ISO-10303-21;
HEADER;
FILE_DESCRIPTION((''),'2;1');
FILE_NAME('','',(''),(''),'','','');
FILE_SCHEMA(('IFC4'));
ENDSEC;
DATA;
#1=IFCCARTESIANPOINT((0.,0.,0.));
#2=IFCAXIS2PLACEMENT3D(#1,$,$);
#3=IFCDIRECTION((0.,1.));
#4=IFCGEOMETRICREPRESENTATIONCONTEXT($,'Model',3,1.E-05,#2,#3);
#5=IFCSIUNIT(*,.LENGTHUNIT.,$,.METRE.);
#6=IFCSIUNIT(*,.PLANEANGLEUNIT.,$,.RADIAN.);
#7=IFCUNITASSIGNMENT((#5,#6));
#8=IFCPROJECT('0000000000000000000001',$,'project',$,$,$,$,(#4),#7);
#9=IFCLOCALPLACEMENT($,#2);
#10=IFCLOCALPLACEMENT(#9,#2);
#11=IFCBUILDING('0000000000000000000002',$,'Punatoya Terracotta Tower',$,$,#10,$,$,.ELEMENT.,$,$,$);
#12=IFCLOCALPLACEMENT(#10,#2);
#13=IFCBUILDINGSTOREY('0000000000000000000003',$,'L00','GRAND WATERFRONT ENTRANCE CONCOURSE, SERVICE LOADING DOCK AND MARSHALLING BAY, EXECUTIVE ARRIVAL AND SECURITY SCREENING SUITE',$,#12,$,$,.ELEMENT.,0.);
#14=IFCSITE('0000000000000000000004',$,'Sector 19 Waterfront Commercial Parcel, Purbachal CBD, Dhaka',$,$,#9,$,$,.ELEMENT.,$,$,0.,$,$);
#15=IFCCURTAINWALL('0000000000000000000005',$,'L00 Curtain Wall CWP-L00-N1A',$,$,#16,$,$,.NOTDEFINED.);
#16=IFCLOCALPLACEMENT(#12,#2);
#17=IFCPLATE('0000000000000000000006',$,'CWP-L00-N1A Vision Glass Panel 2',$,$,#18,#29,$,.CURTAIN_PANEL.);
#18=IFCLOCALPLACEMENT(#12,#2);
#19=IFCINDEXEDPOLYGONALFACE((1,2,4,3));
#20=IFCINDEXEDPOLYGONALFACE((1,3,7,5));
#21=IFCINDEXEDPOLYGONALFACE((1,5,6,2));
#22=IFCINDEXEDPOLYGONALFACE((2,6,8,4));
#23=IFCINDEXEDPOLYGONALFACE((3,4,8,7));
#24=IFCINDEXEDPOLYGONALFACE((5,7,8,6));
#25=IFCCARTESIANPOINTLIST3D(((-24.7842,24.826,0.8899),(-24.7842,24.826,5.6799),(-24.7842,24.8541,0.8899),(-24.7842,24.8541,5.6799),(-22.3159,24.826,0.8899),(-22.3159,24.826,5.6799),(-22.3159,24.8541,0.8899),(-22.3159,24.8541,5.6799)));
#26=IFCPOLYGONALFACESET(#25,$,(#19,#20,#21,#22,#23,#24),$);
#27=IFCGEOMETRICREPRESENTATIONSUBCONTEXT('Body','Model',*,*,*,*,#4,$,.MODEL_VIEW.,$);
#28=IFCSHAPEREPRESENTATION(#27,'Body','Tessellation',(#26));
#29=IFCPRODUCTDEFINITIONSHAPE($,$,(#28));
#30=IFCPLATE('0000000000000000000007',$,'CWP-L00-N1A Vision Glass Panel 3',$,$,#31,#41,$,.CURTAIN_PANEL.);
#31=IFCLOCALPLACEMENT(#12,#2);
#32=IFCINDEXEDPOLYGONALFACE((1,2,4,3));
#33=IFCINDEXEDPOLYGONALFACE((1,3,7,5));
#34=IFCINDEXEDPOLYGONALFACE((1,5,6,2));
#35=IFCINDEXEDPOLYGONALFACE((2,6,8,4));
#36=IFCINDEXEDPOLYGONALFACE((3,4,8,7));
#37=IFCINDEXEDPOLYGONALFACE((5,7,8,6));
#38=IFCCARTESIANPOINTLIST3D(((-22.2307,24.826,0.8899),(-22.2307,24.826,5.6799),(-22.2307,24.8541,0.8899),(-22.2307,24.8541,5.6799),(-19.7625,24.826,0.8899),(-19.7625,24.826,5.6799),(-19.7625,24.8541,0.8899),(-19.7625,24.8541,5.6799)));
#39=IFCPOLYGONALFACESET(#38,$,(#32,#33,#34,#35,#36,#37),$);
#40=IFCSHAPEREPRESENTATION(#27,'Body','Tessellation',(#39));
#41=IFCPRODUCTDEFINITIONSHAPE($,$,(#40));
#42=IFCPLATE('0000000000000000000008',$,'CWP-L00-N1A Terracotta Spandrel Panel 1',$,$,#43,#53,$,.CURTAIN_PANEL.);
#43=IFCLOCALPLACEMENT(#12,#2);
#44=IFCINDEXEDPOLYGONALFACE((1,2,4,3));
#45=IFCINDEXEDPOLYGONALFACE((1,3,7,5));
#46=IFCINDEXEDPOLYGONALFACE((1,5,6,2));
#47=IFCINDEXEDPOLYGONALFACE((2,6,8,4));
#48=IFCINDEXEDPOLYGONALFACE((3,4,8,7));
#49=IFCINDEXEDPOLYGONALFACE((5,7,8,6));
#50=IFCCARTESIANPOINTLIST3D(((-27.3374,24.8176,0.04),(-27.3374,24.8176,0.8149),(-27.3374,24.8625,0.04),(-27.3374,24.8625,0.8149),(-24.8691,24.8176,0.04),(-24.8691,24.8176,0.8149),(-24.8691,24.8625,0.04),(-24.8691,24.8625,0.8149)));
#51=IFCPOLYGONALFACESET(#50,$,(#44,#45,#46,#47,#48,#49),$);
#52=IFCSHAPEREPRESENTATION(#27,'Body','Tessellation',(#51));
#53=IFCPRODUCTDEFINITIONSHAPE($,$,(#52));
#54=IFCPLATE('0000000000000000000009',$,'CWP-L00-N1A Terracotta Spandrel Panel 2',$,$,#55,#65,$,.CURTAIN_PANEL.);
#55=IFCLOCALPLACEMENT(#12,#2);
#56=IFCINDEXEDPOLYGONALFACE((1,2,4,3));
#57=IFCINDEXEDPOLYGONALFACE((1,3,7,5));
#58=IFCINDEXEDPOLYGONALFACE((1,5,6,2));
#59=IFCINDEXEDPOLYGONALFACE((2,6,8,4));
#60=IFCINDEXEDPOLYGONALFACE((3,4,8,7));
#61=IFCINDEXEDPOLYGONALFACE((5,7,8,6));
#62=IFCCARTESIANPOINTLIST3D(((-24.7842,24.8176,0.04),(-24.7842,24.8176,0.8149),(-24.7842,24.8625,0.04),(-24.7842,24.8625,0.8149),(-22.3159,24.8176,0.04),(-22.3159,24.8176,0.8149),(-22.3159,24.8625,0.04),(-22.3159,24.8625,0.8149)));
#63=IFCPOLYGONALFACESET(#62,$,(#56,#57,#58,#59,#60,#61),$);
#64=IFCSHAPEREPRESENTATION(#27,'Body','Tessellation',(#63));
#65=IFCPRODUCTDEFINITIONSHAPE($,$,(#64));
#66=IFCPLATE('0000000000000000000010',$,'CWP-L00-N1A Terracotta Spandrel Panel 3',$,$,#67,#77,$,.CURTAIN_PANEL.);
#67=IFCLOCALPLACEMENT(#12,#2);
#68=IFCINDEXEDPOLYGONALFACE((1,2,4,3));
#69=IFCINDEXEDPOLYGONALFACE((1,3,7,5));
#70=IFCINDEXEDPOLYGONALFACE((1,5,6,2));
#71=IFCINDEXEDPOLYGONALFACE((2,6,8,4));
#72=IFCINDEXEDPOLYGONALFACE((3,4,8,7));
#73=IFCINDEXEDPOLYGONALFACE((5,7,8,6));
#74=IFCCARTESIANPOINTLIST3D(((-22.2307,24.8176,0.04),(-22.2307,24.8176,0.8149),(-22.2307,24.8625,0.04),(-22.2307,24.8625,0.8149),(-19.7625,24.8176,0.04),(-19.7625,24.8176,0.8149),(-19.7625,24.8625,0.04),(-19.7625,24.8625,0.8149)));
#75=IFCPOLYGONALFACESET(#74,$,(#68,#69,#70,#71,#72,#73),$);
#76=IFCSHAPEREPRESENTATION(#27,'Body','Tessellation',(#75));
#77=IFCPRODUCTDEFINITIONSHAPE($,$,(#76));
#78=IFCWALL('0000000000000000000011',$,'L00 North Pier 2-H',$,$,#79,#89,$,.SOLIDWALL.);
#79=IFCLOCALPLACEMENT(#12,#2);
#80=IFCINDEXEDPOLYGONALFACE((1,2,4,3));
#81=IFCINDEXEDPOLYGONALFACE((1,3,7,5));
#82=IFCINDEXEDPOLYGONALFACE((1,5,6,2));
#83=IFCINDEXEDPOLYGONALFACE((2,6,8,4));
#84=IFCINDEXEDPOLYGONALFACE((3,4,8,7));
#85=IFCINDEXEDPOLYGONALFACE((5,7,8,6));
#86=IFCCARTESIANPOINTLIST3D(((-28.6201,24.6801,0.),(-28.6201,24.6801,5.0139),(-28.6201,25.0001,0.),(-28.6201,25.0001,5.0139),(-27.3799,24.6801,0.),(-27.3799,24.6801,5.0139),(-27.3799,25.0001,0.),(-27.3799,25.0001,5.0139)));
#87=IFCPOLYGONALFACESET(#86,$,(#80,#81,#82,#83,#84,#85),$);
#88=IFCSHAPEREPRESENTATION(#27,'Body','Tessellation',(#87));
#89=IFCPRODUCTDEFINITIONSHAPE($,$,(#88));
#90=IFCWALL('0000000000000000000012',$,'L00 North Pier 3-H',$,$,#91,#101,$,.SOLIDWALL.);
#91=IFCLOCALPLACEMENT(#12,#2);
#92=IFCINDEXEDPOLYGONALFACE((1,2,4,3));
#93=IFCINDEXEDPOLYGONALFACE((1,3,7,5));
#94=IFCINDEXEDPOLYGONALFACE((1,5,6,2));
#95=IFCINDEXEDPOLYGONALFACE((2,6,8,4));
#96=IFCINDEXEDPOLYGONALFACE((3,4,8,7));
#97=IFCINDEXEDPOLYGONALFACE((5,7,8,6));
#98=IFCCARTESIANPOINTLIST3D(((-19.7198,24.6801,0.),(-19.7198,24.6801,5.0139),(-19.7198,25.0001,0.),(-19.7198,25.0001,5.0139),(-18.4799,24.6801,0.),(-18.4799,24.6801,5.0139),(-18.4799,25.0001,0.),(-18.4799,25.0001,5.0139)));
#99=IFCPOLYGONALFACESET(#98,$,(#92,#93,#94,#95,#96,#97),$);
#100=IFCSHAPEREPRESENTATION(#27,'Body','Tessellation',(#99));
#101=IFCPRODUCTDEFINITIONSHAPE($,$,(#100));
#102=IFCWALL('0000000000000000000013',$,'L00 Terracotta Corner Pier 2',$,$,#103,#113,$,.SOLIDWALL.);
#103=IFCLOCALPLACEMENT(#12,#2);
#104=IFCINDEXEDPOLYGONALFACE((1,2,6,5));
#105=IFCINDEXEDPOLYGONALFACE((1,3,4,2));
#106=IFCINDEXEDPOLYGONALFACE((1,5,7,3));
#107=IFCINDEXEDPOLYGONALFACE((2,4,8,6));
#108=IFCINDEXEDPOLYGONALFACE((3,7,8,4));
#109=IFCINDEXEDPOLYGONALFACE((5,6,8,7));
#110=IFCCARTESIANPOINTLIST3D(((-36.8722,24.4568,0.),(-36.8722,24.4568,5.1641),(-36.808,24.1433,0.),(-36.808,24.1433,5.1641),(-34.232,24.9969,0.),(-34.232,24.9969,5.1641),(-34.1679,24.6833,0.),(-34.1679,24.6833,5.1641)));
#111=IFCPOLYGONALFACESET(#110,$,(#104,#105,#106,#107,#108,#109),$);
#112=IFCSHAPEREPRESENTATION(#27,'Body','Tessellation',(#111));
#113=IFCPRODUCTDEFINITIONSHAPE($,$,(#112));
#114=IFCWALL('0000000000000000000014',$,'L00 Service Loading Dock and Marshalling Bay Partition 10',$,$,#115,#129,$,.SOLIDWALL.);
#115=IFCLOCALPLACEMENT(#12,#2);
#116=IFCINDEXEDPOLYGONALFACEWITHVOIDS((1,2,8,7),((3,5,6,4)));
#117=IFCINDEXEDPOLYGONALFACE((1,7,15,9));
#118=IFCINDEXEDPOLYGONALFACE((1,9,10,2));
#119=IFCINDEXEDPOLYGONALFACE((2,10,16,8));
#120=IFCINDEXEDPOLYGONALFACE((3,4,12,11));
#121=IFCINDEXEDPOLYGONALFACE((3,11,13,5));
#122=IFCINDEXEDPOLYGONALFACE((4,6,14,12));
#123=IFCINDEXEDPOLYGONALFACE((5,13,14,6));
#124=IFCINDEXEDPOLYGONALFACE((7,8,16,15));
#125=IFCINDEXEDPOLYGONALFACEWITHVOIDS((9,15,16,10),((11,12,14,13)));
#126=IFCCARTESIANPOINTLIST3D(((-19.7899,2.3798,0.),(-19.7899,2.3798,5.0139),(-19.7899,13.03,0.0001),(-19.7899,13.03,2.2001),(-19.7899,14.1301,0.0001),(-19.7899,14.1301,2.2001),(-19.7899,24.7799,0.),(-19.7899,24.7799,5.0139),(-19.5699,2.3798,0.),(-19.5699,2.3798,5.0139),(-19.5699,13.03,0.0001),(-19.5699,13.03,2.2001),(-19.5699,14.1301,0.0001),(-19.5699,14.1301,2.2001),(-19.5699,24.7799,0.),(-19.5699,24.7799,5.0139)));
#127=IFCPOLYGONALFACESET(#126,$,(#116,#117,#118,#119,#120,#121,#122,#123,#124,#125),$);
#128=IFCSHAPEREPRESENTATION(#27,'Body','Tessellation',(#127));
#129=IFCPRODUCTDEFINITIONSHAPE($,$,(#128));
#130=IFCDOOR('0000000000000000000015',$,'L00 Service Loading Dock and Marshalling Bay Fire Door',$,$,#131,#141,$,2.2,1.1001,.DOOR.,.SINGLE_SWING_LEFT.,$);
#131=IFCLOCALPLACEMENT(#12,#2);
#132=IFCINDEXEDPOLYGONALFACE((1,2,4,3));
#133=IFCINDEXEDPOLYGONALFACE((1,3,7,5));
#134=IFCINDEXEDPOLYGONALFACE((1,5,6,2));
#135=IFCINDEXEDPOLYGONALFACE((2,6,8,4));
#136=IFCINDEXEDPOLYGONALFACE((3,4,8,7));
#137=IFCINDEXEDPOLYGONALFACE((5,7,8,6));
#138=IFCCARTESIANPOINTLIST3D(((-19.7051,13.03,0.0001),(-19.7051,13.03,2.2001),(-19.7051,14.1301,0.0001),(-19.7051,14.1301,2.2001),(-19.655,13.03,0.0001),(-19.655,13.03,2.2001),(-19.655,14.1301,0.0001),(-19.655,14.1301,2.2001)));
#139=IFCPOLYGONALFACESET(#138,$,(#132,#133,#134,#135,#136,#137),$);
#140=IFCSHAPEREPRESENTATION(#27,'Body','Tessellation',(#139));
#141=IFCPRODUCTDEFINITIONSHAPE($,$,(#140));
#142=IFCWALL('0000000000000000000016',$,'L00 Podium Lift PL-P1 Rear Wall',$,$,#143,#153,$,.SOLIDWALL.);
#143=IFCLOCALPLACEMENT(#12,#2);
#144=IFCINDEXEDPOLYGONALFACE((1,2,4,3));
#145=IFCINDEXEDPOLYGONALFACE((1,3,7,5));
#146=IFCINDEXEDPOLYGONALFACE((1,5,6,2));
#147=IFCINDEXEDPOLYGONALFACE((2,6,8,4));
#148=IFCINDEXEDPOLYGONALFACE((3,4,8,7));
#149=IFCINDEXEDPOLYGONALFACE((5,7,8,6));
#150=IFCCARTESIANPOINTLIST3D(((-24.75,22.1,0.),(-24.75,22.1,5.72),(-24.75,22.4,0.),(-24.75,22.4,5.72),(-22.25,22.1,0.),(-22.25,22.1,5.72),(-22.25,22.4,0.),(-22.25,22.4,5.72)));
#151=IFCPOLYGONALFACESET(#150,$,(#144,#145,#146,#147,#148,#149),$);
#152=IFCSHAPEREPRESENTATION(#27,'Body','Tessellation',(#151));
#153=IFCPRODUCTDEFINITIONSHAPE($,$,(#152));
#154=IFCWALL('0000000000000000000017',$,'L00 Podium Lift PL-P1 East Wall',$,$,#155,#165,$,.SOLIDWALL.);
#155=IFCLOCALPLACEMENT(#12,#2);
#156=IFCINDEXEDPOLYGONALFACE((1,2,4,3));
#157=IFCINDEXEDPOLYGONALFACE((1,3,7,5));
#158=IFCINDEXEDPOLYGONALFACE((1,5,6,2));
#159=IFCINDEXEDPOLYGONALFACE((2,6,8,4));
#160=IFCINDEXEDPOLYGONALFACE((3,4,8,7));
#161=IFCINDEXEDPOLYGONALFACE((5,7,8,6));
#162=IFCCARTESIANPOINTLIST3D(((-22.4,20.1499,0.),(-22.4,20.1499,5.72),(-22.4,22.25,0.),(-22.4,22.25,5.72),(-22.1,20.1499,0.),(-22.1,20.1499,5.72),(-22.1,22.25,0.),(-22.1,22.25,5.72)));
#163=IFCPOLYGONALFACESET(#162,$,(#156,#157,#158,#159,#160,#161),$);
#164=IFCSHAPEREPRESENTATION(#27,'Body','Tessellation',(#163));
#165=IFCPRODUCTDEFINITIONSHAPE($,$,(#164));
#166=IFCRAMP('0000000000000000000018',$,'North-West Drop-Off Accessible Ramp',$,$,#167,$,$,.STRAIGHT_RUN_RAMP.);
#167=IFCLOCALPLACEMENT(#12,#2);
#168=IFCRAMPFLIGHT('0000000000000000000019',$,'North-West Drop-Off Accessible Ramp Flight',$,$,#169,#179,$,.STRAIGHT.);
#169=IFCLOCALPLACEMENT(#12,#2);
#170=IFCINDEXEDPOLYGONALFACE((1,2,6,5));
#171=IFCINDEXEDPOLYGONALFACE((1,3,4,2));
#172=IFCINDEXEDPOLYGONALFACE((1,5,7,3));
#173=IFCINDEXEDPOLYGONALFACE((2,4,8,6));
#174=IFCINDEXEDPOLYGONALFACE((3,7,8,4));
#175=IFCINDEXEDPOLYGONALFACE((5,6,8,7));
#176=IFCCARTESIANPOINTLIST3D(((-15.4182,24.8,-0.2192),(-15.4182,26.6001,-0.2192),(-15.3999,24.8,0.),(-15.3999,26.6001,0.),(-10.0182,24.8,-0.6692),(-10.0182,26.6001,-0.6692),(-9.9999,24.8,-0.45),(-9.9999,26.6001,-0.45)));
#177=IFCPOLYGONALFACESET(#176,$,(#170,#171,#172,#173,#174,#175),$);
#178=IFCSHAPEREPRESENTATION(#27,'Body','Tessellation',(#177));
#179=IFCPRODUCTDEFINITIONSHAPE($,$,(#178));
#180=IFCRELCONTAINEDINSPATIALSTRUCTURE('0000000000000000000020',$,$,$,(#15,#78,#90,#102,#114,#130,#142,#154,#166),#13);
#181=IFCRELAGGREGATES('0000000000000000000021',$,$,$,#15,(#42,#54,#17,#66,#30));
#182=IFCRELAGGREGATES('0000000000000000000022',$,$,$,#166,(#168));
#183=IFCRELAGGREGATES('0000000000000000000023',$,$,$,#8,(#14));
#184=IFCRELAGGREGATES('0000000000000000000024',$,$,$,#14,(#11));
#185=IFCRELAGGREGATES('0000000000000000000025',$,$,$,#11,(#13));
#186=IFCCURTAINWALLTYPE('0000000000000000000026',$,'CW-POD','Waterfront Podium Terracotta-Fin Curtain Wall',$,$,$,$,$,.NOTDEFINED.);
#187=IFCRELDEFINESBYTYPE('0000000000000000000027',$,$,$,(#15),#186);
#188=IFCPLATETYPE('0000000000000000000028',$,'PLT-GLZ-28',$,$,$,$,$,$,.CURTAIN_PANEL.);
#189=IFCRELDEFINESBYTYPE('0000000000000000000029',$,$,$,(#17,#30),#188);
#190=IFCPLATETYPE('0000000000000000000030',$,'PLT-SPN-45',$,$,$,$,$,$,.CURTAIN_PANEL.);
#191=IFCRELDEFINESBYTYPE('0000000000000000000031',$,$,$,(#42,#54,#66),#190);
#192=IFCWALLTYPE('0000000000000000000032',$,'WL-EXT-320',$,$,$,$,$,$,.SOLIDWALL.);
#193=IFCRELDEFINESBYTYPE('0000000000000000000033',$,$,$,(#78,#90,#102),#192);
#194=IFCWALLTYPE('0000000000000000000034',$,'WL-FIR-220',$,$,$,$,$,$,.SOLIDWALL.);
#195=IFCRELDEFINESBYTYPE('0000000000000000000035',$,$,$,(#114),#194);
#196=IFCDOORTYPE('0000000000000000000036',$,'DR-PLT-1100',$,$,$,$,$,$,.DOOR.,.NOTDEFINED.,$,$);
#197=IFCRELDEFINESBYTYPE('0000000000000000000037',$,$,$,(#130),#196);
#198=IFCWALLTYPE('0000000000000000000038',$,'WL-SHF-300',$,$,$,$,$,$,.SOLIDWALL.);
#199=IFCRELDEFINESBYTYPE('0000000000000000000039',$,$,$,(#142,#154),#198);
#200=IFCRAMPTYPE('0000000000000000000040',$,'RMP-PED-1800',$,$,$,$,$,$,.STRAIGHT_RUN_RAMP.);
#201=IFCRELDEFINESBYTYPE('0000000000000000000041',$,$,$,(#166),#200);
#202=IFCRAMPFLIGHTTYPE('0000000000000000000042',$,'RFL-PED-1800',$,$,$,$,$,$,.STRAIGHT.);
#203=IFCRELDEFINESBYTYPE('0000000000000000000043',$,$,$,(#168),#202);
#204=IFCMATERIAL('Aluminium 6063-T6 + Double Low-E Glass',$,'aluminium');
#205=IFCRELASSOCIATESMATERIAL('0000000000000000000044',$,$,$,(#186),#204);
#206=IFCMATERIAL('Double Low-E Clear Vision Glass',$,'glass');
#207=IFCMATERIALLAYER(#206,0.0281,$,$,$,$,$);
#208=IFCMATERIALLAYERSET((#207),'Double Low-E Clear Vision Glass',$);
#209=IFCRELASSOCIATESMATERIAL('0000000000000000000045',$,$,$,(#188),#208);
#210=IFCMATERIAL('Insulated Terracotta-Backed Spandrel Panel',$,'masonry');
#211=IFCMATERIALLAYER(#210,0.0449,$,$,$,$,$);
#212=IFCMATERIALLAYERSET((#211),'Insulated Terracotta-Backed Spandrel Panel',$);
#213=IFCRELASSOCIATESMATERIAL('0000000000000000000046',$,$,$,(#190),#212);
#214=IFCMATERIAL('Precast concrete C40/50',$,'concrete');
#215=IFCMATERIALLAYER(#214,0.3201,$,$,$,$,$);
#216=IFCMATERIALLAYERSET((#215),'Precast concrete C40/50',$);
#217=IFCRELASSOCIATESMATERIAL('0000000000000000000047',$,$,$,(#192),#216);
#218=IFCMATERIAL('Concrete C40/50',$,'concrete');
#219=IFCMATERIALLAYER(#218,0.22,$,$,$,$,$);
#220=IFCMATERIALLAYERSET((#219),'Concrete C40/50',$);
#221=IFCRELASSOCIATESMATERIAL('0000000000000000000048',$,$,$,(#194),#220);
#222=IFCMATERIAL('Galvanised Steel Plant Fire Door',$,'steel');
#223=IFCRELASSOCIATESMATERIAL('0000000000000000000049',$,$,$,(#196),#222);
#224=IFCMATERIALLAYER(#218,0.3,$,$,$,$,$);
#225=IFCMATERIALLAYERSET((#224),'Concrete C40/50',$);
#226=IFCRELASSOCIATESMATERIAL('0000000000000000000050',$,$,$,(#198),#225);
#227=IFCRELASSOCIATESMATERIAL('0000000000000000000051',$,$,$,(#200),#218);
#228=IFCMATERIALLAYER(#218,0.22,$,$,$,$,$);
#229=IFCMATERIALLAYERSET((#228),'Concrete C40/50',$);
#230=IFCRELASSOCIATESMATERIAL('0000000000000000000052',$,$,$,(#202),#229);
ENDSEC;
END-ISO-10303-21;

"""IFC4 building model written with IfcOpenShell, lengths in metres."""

from ifc_helpers import new_model, si_unit, direction, frame, frame_2d, origin, origin_2d, place, context, subcontext, project, spatial, polyline, rectangle, outline, extrude, material, layer, layer_set, type_object, element, fill, aggregate, save


model = new_model("IFC4")

# Units and contexts
model_context = context("Model", 3, precision=1e-05, world=origin(), true_north=direction((0.0, 1.0)))
body_context = subcontext(model_context, "Body", "Model", "MODEL_VIEW")
ifc_project = project(units=[si_unit("LENGTHUNIT", "METRE"), si_unit("PLANEANGLEUNIT", "RADIAN")], contexts=[model_context])

# Site, building, storey
site_placement = place(None, origin())
site = spatial("IfcSite", under=ifc_project, at=site_placement, Name="Sector 19 Waterfront Commercial Parcel, Purbachal CBD, Dhaka", CompositionType="ELEMENT", RefElevation=0.0)
building_placement = place(site_placement, origin())
building = spatial("IfcBuilding", under=site, at=building_placement, Name="Punatoya Terracotta Tower", CompositionType="ELEMENT")
storey_placement = place(building_placement, origin())
storey = spatial("IfcBuildingStorey", under=building, at=storey_placement, Name="L00", Description="GRAND WATERFRONT ENTRANCE CONCOURSE, SERVICE LOADING DOCK AND MARSHALLING BAY, EXECUTIVE ARRIVAL AND SECURITY SCREENING SUITE", CompositionType="ELEMENT", Elevation=0.0)

# Curtain wall, plates
ifc_material_1 = material(Name="Aluminium 6063-T6 + Double Low-E Glass", Category="aluminium")
curtain_wall_type = type_object("IfcCurtainWallType", Name="CW-POD", Description="Waterfront Podium Terracotta-Fin Curtain Wall", PredefinedType="NOTDEFINED", material=ifc_material_1)
curtain_wall_placement = place(storey_placement, origin())
curtain_wall = element("IfcCurtainWall", 1, at=curtain_wall_placement, inside=storey, type_object=curtain_wall_type, Name="L00 Curtain Wall CWP-L00-N1A", PredefinedType="NOTDEFINED")
ifc_material_2 = material(Name="Double Low-E Clear Vision Glass", Category="glass")
ifc_layer_1 = layer(ifc_material_2, 0.0281)
ifc_layer_set_1 = layer_set([ifc_layer_1], Name="Double Low-E Clear Vision Glass")
plate_type_1 = type_object("IfcPlateType", Name="PLT-GLZ-28", PredefinedType="CURTAIN_PANEL", material=ifc_layer_set_1)
plate_1_placement = place(storey_placement, frame((-23.55, 24.8401, 0.8899), z_axis=(0.0, 0.0, 1.0), x_axis=(1.0, 0.0, 0.0)))
plate_1 = element("IfcPlate", 2, at=plate_1_placement, type_object=plate_type_1, Name="CWP-L00-N1A Vision Glass Panel 2", PredefinedType="CURTAIN_PANEL", context=body_context, shape_type="SweptSolid", body=[
    extrude(rectangle(XDim=2.4683, YDim=0.0281, at=origin_2d()), origin(), (0.0, 0.0, 1.0), 4.79),
])
plate_2_placement = place(storey_placement, frame((-20.9966, 24.8401, 0.8899), z_axis=(0.0, 0.0, 1.0), x_axis=(1.0, 0.0, 0.0)))
plate_2 = element("IfcPlate", 3, at=plate_2_placement, type_object=plate_type_1, Name="CWP-L00-N1A Vision Glass Panel 3", PredefinedType="CURTAIN_PANEL", context=body_context, shape_type="SweptSolid", body=[
    extrude(rectangle(XDim=2.4683, YDim=0.0281, at=origin_2d()), origin(), (0.0, 0.0, 1.0), 4.79),
])
ifc_material_3 = material(Name="Insulated Terracotta-Backed Spandrel Panel", Category="masonry")
ifc_layer_2 = layer(ifc_material_3, 0.0449)
ifc_layer_set_2 = layer_set([ifc_layer_2], Name="Insulated Terracotta-Backed Spandrel Panel")
plate_type_2 = type_object("IfcPlateType", Name="PLT-SPN-45", PredefinedType="CURTAIN_PANEL", material=ifc_layer_set_2)
plate_3_placement = place(storey_placement, frame((-26.1033, 24.8401, 0.04), z_axis=(0.0, 0.0, 1.0), x_axis=(1.0, 0.0, 0.0)))
plate_3 = element("IfcPlate", 4, at=plate_3_placement, type_object=plate_type_2, Name="CWP-L00-N1A Terracotta Spandrel Panel 1", PredefinedType="CURTAIN_PANEL", context=body_context, shape_type="SweptSolid", body=[
    extrude(rectangle(XDim=2.4683, YDim=0.0449, at=origin_2d()), origin(), (0.0, 0.0, 1.0), 0.7749),
])
plate_4_placement = place(storey_placement, frame((-23.55, 24.8401, 0.04), z_axis=(0.0, 0.0, 1.0), x_axis=(1.0, 0.0, 0.0)))
plate_4 = element("IfcPlate", 5, at=plate_4_placement, type_object=plate_type_2, Name="CWP-L00-N1A Terracotta Spandrel Panel 2", PredefinedType="CURTAIN_PANEL", context=body_context, shape_type="SweptSolid", body=[
    extrude(rectangle(XDim=2.4683, YDim=0.0449, at=origin_2d()), origin(), (0.0, 0.0, 1.0), 0.7749),
])
plate_5_placement = place(storey_placement, frame((-20.9966, 24.8401, 0.04), z_axis=(0.0, 0.0, 1.0), x_axis=(1.0, 0.0, 0.0)))
plate_5 = element("IfcPlate", 6, at=plate_5_placement, type_object=plate_type_2, Name="CWP-L00-N1A Terracotta Spandrel Panel 3", PredefinedType="CURTAIN_PANEL", context=body_context, shape_type="SweptSolid", body=[
    extrude(rectangle(XDim=2.4683, YDim=0.0449, at=origin_2d()), origin(), (0.0, 0.0, 1.0), 0.7749),
])
aggregate(curtain_wall, [plate_3, plate_4, plate_1, plate_5, plate_2])

# Shared definitions
ifc_material_4 = material(Name="Precast concrete C40/50", Category="concrete")
ifc_layer_3 = layer(ifc_material_4, 0.3201)
ifc_layer_set_3 = layer_set([ifc_layer_3], Name="Precast concrete C40/50")
wall_type_1 = type_object("IfcWallType", Name="WL-EXT-320", PredefinedType="SOLIDWALL", material=ifc_layer_set_3)

# Walls
wall_1_placement = place(storey_placement, frame((-28.6201, 24.8401, 0.0), z_axis=(0.0, 0.0, 1.0), x_axis=(1.0, 0.0, 0.0)))
element("IfcWall", 7, at=wall_1_placement, inside=storey, type_object=wall_type_1, Name="L00 North Pier 2-H", PredefinedType="SOLIDWALL", context=body_context, shape_type="SweptSolid", body=[
    extrude(rectangle(XDim=1.2402, YDim=0.3201, at=frame_2d((0.6201, 0.0))), origin(), (0.0, 0.0, 1.0), 5.0139),
])
wall_2_placement = place(storey_placement, frame((-19.72, 24.8401, 0.0), z_axis=(0.0, 0.0, 1.0), x_axis=(1.0, 0.0, 0.0)))
element("IfcWall", 8, at=wall_2_placement, inside=storey, type_object=wall_type_1, Name="L00 North Pier 3-H", PredefinedType="SOLIDWALL", context=body_context, shape_type="SweptSolid", body=[
    extrude(rectangle(XDim=1.24, YDim=0.3201, at=frame_2d((0.6201, 0.0))), origin(), (0.0, 0.0, 1.0), 5.0139),
])

# Wall
wall_3_placement = place(storey_placement, frame((-36.8401, 24.3, 0.0), z_axis=(0.0, 0.0, 1.0), x_axis=(0.979714, 0.2004, 0.0)))
element("IfcWall", 9, at=wall_3_placement, inside=storey, type_object=wall_type_1, Name="L00 Terracotta Corner Pier 2", PredefinedType="SOLIDWALL", context=body_context, shape_type="SweptSolid", body=[
    extrude(rectangle(XDim=2.6948, YDim=0.3201, at=frame_2d((1.3474, 0.0))), origin(), (0.0, 0.0, 1.0), 5.1641),
])

# Wall, opening, door
ifc_material_5 = material(Name="Concrete C40/50", Category="concrete")
ifc_layer_4 = layer(ifc_material_5, 0.22)
ifc_layer_set_4 = layer_set([ifc_layer_4], Name="Concrete C40/50")
wall_type_2 = type_object("IfcWallType", Name="WL-FIR-220", PredefinedType="SOLIDWALL", material=ifc_layer_set_4)
wall_4_placement = place(storey_placement, frame((-19.6799, 24.78, 0.0), z_axis=(0.0, 0.0, 1.0), x_axis=(0.0, -1.0, 0.0)))
wall_4 = element("IfcWall", 10, at=wall_4_placement, inside=storey, type_object=wall_type_2, Name="L00 Service Loading Dock and Marshalling Bay Partition 10", PredefinedType="SOLIDWALL", context=body_context, shape_type="SweptSolid", body=[
    extrude(rectangle(XDim=22.4001, YDim=0.22, at=frame_2d((11.2002, 0.0))), origin(), (0.0, 0.0, 1.0), 5.0139),
])
opening_1_placement = place(wall_4_placement, frame((10.6499, 0.0, 0.0)))
opening_1 = element("IfcOpeningElement", 11, at=opening_1_placement, cuts=wall_4, PredefinedType="OPENING", context=body_context, shape_type="SweptSolid", body=[
    extrude(rectangle(XDim=1.1001, YDim=2.2, at=frame_2d((0.55, 1.1001))), frame((0.0, 0.1199, 0.0), z_axis=(0.0, -1.0, 0.0), x_axis=(1.0, 0.0, 0.0)), (0.0, 0.0, 1.0), 0.24),
])
ifc_material_6 = material(Name="Galvanised Steel Plant Fire Door", Category="steel")
door_type_1 = type_object("IfcDoorType", Name="DR-PLT-1100", OperationType="NOTDEFINED", PredefinedType="DOOR", material=ifc_material_6)
door_1_placement = place(opening_1_placement, origin())
door_1 = element("IfcDoor", 12, at=door_1_placement, inside=storey, type_object=door_type_1, Name="L00 Service Loading Dock and Marshalling Bay Fire Door", OperationType="SINGLE_SWING_LEFT", OverallHeight=2.2, OverallWidth=1.1001, PredefinedType="DOOR", context=body_context, shape_type="SweptSolid", body=[
    extrude(rectangle(XDim=1.1001, YDim=2.2, at=frame_2d((0.55, 1.1001))), frame((0.0, 0.0249, 0.0), z_axis=(0.0, -1.0, 0.0), x_axis=(1.0, 0.0, 0.0)), (0.0, 0.0, 1.0), 0.05),
])
fill(opening_1, door_1)

# Walls
ifc_layer_5 = layer(ifc_material_5, 0.3)
ifc_layer_set_5 = layer_set([ifc_layer_5], Name="Concrete C40/50")
wall_type_3 = type_object("IfcWallType", Name="WL-SHF-300", PredefinedType="SOLIDWALL", material=ifc_layer_set_5)
wall_5_placement = place(storey_placement, frame((-24.75, 22.25, 0.0), z_axis=(0.0, 0.0, 1.0), x_axis=(1.0, 0.0, 0.0)))
element("IfcWall", 13, at=wall_5_placement, inside=storey, type_object=wall_type_3, Name="L00 Podium Lift PL-P1 Rear Wall", PredefinedType="SOLIDWALL", context=body_context, shape_type="SweptSolid", body=[
    extrude(rectangle(XDim=2.5, YDim=0.3, at=frame_2d((1.25, 0.0))), origin(), (0.0, 0.0, 1.0), 5.72),
])
wall_6_placement = place(storey_placement, frame((-22.25, 20.1499, 0.0), z_axis=(0.0, 0.0, 1.0), x_axis=(0.0, 1.0, 0.0)))
element("IfcWall", 14, at=wall_6_placement, inside=storey, type_object=wall_type_3, Name="L00 Podium Lift PL-P1 East Wall", PredefinedType="SOLIDWALL", context=body_context, shape_type="SweptSolid", body=[
    extrude(rectangle(XDim=2.1001, YDim=0.3, at=frame_2d((1.05, 0.0))), origin(), (0.0, 0.0, 1.0), 5.72),
])

# Ramp, ramp flight
ramp_type = type_object("IfcRampType", Name="RMP-PED-1800", PredefinedType="STRAIGHT_RUN_RAMP", material=ifc_material_5)
ramp_placement = place(storey_placement, origin())
ramp = element("IfcRamp", 15, at=ramp_placement, inside=storey, type_object=ramp_type, Name="North-West Drop-Off Accessible Ramp", PredefinedType="STRAIGHT_RUN_RAMP")
ifc_layer_6 = layer(ifc_material_5, 0.22)
ifc_layer_set_6 = layer_set([ifc_layer_6], Name="Concrete C40/50")
ramp_flight_type = type_object("IfcRampFlightType", Name="RFL-PED-1800", PredefinedType="STRAIGHT", material=ifc_layer_set_6)
ramp_flight_placement = place(storey_placement, frame((-15.3999, 24.8, 0.0), z_axis=(0.083038, 0.0, 0.996546), x_axis=(0.996546, 0.0, -0.083038)))
ramp_flight = element("IfcRampFlight", 16, at=ramp_flight_placement, type_object=ramp_flight_type, Name="North-West Drop-Off Accessible Ramp Flight", PredefinedType="STRAIGHT", context=body_context, shape_type="SweptSolid", body=[
    extrude(outline(polyline([(0.0, 0.0), (5.4187, 0.0), (5.4187, 1.8), (0.0, 1.8), (0.0, 0.0)])), origin(), (0.0, 0.0, -1.0), 0.22),
])
aggregate(ramp, [ramp_flight])

save(model, "model.ifc")
